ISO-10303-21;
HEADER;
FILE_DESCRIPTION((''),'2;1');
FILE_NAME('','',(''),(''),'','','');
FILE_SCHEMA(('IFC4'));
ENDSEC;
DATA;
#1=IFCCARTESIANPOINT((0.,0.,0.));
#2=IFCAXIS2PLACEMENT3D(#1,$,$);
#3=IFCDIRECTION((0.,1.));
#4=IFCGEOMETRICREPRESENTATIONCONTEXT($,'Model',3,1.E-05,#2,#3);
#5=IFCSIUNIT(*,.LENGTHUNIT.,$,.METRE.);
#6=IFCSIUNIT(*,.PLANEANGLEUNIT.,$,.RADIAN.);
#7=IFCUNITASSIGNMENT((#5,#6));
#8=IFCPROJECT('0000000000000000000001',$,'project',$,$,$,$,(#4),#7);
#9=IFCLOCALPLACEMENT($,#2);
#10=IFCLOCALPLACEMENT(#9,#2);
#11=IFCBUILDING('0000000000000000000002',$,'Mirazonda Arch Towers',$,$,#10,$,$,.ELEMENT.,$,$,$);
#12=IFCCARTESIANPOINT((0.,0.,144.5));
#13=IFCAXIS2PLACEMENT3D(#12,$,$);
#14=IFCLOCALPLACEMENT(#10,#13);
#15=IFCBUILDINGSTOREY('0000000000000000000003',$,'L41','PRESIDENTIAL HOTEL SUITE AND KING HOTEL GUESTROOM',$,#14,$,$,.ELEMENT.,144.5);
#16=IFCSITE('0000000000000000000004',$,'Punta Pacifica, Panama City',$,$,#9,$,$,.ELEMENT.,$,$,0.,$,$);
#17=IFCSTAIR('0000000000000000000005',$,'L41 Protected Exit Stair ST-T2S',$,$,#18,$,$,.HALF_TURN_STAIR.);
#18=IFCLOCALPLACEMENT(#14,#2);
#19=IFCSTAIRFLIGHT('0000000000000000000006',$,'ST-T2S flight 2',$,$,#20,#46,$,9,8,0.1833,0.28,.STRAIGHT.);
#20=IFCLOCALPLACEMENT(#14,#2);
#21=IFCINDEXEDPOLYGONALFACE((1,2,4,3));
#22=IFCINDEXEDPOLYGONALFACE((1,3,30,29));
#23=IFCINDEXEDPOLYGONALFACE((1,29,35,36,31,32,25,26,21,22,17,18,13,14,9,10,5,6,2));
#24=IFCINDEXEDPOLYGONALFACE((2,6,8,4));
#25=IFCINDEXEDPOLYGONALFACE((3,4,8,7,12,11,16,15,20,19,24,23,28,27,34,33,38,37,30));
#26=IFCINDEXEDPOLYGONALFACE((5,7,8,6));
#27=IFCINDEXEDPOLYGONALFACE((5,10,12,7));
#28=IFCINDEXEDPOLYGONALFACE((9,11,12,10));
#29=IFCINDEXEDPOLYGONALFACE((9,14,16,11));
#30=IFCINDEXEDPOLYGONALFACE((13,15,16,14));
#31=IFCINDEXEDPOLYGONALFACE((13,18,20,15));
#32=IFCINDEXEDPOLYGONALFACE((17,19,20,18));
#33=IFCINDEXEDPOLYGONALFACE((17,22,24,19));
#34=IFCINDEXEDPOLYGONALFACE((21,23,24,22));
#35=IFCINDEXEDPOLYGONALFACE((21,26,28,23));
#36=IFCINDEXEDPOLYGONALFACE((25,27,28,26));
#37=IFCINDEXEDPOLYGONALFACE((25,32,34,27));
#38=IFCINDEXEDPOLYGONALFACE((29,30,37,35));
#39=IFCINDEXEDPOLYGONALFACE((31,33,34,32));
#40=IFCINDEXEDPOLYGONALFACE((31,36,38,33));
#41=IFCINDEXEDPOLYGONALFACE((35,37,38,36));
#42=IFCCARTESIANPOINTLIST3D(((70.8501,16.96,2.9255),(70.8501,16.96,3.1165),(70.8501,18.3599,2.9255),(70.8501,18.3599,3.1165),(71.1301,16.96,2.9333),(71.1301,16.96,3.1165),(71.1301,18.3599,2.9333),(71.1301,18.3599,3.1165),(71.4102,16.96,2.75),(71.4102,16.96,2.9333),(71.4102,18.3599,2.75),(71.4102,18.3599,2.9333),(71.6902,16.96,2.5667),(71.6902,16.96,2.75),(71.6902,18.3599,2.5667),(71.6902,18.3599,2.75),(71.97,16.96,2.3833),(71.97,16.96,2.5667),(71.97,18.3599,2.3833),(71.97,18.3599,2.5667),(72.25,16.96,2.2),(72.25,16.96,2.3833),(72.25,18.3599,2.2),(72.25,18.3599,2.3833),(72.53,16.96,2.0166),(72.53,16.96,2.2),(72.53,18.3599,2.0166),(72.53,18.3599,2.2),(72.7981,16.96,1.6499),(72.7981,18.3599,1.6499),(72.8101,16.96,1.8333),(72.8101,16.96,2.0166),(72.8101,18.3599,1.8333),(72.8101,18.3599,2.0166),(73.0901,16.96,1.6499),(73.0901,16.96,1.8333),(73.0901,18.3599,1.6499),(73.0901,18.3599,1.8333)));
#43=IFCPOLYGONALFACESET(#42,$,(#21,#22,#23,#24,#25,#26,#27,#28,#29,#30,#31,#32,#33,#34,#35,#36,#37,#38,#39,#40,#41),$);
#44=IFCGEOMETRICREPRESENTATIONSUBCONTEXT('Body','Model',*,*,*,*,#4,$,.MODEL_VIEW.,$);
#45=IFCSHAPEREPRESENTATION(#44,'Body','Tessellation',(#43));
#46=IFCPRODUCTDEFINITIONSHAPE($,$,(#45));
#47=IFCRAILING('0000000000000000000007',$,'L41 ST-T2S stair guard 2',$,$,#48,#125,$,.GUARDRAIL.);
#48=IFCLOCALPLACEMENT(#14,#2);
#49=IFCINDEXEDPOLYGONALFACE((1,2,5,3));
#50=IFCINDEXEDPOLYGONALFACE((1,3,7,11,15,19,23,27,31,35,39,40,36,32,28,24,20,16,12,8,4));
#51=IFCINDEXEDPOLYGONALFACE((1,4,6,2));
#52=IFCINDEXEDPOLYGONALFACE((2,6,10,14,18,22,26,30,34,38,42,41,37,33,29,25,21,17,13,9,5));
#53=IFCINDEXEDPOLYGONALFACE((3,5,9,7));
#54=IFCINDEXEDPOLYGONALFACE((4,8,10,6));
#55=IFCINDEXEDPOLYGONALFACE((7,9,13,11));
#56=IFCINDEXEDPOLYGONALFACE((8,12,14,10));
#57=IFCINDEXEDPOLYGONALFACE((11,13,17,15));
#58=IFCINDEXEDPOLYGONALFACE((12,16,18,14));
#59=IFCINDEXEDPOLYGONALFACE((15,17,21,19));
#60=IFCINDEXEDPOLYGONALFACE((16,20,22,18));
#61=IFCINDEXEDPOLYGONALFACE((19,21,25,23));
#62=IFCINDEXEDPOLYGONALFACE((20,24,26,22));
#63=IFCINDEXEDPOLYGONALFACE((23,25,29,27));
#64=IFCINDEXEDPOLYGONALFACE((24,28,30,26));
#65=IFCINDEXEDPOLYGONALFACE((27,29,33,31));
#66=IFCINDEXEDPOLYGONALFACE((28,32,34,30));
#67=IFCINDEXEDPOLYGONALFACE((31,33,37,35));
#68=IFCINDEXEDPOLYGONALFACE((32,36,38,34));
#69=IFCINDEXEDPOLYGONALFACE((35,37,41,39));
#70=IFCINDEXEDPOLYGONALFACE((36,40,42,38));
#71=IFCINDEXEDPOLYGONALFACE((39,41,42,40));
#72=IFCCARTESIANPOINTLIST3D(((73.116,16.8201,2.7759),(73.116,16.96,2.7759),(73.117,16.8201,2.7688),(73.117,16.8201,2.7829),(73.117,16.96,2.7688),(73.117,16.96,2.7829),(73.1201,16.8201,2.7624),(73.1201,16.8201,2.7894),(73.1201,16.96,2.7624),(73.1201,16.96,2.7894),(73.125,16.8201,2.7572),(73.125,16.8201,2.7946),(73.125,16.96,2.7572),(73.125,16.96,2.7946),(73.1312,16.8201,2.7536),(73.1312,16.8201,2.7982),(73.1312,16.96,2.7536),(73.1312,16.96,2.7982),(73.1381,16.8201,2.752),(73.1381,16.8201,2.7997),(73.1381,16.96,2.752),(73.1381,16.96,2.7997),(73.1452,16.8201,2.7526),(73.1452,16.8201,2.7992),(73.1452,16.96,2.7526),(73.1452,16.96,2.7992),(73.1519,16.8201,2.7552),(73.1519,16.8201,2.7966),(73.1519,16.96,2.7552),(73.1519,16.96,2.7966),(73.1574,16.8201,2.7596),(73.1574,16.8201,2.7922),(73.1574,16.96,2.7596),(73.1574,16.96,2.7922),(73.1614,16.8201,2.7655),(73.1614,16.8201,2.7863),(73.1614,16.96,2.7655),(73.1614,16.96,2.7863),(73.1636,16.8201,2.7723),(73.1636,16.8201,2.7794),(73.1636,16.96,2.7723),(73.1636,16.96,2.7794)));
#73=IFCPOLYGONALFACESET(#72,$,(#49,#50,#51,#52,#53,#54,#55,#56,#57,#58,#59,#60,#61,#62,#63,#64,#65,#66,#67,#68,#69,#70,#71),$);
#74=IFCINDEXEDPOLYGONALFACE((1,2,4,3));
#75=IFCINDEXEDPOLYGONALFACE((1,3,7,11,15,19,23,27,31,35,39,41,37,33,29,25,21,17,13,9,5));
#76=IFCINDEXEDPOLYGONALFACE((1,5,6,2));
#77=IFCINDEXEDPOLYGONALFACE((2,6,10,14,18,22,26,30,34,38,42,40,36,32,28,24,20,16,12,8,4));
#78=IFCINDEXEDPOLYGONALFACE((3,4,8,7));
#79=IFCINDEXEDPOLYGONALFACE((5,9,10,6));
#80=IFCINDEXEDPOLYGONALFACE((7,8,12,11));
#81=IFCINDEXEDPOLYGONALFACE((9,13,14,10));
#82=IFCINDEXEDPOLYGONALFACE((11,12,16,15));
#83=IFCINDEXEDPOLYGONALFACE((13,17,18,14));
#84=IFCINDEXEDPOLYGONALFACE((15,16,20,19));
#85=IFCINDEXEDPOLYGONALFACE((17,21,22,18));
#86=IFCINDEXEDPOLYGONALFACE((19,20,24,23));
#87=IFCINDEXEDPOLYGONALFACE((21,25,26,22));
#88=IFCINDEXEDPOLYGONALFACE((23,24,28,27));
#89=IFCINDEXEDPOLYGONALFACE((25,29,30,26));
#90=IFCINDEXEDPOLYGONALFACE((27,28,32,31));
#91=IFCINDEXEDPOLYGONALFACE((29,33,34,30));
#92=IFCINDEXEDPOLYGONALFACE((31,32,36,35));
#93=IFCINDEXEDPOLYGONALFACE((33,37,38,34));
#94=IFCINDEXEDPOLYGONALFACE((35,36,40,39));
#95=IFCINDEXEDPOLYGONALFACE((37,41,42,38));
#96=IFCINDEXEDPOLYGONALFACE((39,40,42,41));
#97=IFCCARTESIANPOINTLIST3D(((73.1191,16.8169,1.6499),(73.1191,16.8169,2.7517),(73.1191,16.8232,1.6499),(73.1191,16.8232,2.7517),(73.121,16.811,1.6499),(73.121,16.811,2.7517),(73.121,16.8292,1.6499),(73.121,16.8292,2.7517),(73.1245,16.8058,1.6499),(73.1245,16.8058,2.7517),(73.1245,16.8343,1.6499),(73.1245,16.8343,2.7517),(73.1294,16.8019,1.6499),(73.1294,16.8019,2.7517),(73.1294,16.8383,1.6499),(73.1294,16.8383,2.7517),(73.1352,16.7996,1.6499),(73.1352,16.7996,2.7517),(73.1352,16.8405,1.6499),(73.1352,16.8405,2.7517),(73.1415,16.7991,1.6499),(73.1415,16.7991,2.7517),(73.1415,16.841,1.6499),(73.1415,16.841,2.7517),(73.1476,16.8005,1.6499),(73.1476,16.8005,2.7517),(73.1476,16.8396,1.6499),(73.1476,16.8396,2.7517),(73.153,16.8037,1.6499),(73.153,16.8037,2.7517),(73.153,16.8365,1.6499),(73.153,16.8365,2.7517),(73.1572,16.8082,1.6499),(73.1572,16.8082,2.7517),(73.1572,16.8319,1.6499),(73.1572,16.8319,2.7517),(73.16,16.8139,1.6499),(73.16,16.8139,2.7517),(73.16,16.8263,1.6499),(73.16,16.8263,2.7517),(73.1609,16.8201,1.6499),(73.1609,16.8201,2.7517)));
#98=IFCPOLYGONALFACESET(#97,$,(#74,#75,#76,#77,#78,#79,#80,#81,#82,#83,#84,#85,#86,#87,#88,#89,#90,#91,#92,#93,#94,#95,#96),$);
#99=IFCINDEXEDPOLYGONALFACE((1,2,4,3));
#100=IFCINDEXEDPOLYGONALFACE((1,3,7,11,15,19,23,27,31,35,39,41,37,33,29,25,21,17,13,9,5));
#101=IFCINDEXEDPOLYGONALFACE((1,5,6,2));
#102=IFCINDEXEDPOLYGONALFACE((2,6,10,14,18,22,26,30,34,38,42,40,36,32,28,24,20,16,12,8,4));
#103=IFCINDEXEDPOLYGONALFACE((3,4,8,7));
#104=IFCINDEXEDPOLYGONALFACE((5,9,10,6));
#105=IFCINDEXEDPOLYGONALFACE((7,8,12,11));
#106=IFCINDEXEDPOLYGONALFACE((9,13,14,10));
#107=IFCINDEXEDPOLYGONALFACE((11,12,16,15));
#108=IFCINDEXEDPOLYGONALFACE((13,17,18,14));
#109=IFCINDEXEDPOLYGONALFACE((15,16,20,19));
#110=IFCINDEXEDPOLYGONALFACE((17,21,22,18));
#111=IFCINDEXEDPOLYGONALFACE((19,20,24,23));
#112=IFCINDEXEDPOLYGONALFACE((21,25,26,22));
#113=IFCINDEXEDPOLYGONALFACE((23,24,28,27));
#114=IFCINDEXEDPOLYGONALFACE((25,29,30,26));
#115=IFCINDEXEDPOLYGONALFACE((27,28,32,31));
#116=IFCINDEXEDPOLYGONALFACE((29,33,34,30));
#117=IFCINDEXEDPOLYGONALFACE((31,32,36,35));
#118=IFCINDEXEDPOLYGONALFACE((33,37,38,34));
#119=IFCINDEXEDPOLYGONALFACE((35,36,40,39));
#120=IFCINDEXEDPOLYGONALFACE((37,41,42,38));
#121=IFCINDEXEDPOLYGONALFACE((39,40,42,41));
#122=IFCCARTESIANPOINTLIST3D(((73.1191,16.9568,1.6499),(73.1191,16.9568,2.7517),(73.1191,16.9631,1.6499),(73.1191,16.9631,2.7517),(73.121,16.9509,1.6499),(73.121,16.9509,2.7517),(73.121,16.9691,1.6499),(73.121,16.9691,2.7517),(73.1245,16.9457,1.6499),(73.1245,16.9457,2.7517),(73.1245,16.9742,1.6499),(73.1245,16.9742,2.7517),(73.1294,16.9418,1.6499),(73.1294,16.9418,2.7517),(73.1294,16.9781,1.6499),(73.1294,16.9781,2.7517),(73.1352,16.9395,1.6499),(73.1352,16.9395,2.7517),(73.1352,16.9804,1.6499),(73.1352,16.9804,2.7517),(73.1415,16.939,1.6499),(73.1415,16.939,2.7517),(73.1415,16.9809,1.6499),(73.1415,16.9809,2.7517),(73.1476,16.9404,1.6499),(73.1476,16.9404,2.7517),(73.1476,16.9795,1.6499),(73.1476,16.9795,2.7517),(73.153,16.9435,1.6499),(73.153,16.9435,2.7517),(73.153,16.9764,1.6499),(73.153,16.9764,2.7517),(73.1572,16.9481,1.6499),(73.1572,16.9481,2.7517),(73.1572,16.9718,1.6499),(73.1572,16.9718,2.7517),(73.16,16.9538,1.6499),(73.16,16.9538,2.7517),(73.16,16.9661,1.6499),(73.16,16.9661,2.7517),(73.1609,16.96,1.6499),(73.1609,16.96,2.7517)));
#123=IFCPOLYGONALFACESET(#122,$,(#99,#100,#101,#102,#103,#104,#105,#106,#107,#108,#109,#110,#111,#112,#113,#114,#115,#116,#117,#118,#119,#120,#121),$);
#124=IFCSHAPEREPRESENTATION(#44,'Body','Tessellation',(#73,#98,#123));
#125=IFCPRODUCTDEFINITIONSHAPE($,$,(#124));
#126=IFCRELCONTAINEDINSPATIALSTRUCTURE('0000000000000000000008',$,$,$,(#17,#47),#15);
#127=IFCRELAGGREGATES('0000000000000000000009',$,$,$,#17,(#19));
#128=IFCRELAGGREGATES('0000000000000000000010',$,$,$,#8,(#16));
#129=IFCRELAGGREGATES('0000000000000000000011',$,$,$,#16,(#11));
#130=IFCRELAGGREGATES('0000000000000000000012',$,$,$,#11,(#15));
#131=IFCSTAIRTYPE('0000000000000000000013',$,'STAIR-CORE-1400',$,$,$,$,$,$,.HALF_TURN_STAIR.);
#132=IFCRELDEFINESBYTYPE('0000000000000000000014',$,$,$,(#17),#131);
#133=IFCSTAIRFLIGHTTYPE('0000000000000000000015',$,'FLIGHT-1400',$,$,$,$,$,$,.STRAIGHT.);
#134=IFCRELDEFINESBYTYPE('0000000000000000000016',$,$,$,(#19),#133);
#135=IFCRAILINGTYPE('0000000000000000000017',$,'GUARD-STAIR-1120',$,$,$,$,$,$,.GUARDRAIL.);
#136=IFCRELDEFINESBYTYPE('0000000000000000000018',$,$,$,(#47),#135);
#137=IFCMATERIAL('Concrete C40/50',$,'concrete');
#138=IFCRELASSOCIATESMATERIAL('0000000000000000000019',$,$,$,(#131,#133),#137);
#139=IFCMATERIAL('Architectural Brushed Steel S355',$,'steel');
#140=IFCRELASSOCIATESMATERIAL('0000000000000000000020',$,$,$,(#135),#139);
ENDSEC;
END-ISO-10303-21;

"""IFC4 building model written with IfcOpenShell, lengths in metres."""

from ifc_helpers import new_model, si_unit, direction, frame, origin, origin_2d, place, context, subcontext, project, spatial, polyline, circle, outline, extrude, material, type_object, element, aggregate, save


model = new_model("IFC4")

# Units and contexts
model_context = context("Model", 3, precision=1e-05, world=origin(), true_north=direction((0.0, 1.0)))
body_context = subcontext(model_context, "Body", "Model", "MODEL_VIEW")
ifc_project = project(units=[si_unit("LENGTHUNIT", "METRE"), si_unit("PLANEANGLEUNIT", "RADIAN")], contexts=[model_context])

# Site, building, storey
site_placement = place(None, origin())
site = spatial("IfcSite", under=ifc_project, at=site_placement, Name="Punta Pacifica, Panama City", CompositionType="ELEMENT", RefElevation=0.0)
building_placement = place(site_placement, origin())
building = spatial("IfcBuilding", under=site, at=building_placement, Name="Mirazonda Arch Towers", CompositionType="ELEMENT")
storey_placement = place(building_placement, frame((0.0, 0.0, 144.5)))
storey = spatial("IfcBuildingStorey", under=building, at=storey_placement, Name="L41", Description="PRESIDENTIAL HOTEL SUITE AND KING HOTEL GUESTROOM", CompositionType="ELEMENT", Elevation=144.5)

# Shared definitions
ifc_material_1 = material(Name="Concrete C40/50", Category="concrete")

# Stair, stair flight
stair_type = type_object("IfcStairType", Name="STAIR-CORE-1400", PredefinedType="HALF_TURN_STAIR", material=ifc_material_1)
stair_placement = place(storey_placement, origin())
stair = element("IfcStair", 1, at=stair_placement, inside=storey, type_object=stair_type, Name="L41 Protected Exit Stair ST-T2S", PredefinedType="HALF_TURN_STAIR")
stair_flight_type = type_object("IfcStairFlightType", Name="FLIGHT-1400", PredefinedType="STRAIGHT", material=ifc_material_1)
stair_flight_placement = place(storey_placement, frame((73.0901, 17.6599, 1.6499), z_axis=(0.0, 0.0, 1.0), x_axis=(-1.0, 0.0, 0.0)))
stair_flight = element("IfcStairFlight", 2, at=stair_flight_placement, type_object=stair_flight_type, Name="ST-T2S flight 2", NumberOfRisers=9, NumberOfTreads=8, PredefinedType="STRAIGHT", RiserHeight=0.1833, TreadLength=0.28, context=body_context, shape_type="SweptSolid", body=[
    extrude(outline(polyline([(0.0, 0.0), (0.0, 0.1833), (0.28, 0.1833), (0.28, 0.3667), (0.5601, 0.3667), (0.5601, 0.55), (0.8401, 0.55), (0.8401, 0.7334), (1.1201, 0.7334), (1.1201, 0.9167), (1.3999, 0.9167), (1.3999, 1.1001), (1.6799, 1.1001), (1.6799, 1.2834), (1.96, 1.2834), (1.96, 1.4666), (2.24, 1.4666), (2.24, 1.6499), (2.24, 1.2756), (0.292, 0.0), (0.0, 0.0)])), frame((0.0, 0.7, 0.0), z_axis=(0.0, -1.0, 0.0), x_axis=(1.0, 0.0, 0.0)), (0.0, 0.0, 1.0), 1.3999),
])
aggregate(stair, [stair_flight])

# Railing
ifc_material_2 = material(Name="Architectural Brushed Steel S355", Category="steel")
railing_type_1 = type_object("IfcRailingType", Name="GUARD-STAIR-1120", PredefinedType="GUARDRAIL", material=ifc_material_2)
railing_1_placement = place(storey_placement, frame((73.1399, 16.8201, 1.6499)))
element("IfcRailing", 3, at=railing_1_placement, inside=storey, type_object=railing_type_1, Name="L41 ST-T2S stair guard 2", PredefinedType="GUARDRAIL", context=body_context, shape_type="SweptSolid", body=[
    extrude(circle(Radius=0.0239, at=origin_2d()), frame((0.0, 0.0, 1.126), z_axis=(0.0, 1.0, 0.0), x_axis=(-1.0, 0.0, 0.0)), (0.0, 0.0, 1.0), 0.1399),
    extrude(circle(Radius=0.021, at=origin_2d()), origin(), (0.0, 0.0, 1.0), 1.1018),
    extrude(circle(Radius=0.021, at=origin_2d()), frame((0.0, 0.1399, 0.0)), (0.0, 0.0, 1.0), 1.1018),
])

save(model, "model.ifc")
